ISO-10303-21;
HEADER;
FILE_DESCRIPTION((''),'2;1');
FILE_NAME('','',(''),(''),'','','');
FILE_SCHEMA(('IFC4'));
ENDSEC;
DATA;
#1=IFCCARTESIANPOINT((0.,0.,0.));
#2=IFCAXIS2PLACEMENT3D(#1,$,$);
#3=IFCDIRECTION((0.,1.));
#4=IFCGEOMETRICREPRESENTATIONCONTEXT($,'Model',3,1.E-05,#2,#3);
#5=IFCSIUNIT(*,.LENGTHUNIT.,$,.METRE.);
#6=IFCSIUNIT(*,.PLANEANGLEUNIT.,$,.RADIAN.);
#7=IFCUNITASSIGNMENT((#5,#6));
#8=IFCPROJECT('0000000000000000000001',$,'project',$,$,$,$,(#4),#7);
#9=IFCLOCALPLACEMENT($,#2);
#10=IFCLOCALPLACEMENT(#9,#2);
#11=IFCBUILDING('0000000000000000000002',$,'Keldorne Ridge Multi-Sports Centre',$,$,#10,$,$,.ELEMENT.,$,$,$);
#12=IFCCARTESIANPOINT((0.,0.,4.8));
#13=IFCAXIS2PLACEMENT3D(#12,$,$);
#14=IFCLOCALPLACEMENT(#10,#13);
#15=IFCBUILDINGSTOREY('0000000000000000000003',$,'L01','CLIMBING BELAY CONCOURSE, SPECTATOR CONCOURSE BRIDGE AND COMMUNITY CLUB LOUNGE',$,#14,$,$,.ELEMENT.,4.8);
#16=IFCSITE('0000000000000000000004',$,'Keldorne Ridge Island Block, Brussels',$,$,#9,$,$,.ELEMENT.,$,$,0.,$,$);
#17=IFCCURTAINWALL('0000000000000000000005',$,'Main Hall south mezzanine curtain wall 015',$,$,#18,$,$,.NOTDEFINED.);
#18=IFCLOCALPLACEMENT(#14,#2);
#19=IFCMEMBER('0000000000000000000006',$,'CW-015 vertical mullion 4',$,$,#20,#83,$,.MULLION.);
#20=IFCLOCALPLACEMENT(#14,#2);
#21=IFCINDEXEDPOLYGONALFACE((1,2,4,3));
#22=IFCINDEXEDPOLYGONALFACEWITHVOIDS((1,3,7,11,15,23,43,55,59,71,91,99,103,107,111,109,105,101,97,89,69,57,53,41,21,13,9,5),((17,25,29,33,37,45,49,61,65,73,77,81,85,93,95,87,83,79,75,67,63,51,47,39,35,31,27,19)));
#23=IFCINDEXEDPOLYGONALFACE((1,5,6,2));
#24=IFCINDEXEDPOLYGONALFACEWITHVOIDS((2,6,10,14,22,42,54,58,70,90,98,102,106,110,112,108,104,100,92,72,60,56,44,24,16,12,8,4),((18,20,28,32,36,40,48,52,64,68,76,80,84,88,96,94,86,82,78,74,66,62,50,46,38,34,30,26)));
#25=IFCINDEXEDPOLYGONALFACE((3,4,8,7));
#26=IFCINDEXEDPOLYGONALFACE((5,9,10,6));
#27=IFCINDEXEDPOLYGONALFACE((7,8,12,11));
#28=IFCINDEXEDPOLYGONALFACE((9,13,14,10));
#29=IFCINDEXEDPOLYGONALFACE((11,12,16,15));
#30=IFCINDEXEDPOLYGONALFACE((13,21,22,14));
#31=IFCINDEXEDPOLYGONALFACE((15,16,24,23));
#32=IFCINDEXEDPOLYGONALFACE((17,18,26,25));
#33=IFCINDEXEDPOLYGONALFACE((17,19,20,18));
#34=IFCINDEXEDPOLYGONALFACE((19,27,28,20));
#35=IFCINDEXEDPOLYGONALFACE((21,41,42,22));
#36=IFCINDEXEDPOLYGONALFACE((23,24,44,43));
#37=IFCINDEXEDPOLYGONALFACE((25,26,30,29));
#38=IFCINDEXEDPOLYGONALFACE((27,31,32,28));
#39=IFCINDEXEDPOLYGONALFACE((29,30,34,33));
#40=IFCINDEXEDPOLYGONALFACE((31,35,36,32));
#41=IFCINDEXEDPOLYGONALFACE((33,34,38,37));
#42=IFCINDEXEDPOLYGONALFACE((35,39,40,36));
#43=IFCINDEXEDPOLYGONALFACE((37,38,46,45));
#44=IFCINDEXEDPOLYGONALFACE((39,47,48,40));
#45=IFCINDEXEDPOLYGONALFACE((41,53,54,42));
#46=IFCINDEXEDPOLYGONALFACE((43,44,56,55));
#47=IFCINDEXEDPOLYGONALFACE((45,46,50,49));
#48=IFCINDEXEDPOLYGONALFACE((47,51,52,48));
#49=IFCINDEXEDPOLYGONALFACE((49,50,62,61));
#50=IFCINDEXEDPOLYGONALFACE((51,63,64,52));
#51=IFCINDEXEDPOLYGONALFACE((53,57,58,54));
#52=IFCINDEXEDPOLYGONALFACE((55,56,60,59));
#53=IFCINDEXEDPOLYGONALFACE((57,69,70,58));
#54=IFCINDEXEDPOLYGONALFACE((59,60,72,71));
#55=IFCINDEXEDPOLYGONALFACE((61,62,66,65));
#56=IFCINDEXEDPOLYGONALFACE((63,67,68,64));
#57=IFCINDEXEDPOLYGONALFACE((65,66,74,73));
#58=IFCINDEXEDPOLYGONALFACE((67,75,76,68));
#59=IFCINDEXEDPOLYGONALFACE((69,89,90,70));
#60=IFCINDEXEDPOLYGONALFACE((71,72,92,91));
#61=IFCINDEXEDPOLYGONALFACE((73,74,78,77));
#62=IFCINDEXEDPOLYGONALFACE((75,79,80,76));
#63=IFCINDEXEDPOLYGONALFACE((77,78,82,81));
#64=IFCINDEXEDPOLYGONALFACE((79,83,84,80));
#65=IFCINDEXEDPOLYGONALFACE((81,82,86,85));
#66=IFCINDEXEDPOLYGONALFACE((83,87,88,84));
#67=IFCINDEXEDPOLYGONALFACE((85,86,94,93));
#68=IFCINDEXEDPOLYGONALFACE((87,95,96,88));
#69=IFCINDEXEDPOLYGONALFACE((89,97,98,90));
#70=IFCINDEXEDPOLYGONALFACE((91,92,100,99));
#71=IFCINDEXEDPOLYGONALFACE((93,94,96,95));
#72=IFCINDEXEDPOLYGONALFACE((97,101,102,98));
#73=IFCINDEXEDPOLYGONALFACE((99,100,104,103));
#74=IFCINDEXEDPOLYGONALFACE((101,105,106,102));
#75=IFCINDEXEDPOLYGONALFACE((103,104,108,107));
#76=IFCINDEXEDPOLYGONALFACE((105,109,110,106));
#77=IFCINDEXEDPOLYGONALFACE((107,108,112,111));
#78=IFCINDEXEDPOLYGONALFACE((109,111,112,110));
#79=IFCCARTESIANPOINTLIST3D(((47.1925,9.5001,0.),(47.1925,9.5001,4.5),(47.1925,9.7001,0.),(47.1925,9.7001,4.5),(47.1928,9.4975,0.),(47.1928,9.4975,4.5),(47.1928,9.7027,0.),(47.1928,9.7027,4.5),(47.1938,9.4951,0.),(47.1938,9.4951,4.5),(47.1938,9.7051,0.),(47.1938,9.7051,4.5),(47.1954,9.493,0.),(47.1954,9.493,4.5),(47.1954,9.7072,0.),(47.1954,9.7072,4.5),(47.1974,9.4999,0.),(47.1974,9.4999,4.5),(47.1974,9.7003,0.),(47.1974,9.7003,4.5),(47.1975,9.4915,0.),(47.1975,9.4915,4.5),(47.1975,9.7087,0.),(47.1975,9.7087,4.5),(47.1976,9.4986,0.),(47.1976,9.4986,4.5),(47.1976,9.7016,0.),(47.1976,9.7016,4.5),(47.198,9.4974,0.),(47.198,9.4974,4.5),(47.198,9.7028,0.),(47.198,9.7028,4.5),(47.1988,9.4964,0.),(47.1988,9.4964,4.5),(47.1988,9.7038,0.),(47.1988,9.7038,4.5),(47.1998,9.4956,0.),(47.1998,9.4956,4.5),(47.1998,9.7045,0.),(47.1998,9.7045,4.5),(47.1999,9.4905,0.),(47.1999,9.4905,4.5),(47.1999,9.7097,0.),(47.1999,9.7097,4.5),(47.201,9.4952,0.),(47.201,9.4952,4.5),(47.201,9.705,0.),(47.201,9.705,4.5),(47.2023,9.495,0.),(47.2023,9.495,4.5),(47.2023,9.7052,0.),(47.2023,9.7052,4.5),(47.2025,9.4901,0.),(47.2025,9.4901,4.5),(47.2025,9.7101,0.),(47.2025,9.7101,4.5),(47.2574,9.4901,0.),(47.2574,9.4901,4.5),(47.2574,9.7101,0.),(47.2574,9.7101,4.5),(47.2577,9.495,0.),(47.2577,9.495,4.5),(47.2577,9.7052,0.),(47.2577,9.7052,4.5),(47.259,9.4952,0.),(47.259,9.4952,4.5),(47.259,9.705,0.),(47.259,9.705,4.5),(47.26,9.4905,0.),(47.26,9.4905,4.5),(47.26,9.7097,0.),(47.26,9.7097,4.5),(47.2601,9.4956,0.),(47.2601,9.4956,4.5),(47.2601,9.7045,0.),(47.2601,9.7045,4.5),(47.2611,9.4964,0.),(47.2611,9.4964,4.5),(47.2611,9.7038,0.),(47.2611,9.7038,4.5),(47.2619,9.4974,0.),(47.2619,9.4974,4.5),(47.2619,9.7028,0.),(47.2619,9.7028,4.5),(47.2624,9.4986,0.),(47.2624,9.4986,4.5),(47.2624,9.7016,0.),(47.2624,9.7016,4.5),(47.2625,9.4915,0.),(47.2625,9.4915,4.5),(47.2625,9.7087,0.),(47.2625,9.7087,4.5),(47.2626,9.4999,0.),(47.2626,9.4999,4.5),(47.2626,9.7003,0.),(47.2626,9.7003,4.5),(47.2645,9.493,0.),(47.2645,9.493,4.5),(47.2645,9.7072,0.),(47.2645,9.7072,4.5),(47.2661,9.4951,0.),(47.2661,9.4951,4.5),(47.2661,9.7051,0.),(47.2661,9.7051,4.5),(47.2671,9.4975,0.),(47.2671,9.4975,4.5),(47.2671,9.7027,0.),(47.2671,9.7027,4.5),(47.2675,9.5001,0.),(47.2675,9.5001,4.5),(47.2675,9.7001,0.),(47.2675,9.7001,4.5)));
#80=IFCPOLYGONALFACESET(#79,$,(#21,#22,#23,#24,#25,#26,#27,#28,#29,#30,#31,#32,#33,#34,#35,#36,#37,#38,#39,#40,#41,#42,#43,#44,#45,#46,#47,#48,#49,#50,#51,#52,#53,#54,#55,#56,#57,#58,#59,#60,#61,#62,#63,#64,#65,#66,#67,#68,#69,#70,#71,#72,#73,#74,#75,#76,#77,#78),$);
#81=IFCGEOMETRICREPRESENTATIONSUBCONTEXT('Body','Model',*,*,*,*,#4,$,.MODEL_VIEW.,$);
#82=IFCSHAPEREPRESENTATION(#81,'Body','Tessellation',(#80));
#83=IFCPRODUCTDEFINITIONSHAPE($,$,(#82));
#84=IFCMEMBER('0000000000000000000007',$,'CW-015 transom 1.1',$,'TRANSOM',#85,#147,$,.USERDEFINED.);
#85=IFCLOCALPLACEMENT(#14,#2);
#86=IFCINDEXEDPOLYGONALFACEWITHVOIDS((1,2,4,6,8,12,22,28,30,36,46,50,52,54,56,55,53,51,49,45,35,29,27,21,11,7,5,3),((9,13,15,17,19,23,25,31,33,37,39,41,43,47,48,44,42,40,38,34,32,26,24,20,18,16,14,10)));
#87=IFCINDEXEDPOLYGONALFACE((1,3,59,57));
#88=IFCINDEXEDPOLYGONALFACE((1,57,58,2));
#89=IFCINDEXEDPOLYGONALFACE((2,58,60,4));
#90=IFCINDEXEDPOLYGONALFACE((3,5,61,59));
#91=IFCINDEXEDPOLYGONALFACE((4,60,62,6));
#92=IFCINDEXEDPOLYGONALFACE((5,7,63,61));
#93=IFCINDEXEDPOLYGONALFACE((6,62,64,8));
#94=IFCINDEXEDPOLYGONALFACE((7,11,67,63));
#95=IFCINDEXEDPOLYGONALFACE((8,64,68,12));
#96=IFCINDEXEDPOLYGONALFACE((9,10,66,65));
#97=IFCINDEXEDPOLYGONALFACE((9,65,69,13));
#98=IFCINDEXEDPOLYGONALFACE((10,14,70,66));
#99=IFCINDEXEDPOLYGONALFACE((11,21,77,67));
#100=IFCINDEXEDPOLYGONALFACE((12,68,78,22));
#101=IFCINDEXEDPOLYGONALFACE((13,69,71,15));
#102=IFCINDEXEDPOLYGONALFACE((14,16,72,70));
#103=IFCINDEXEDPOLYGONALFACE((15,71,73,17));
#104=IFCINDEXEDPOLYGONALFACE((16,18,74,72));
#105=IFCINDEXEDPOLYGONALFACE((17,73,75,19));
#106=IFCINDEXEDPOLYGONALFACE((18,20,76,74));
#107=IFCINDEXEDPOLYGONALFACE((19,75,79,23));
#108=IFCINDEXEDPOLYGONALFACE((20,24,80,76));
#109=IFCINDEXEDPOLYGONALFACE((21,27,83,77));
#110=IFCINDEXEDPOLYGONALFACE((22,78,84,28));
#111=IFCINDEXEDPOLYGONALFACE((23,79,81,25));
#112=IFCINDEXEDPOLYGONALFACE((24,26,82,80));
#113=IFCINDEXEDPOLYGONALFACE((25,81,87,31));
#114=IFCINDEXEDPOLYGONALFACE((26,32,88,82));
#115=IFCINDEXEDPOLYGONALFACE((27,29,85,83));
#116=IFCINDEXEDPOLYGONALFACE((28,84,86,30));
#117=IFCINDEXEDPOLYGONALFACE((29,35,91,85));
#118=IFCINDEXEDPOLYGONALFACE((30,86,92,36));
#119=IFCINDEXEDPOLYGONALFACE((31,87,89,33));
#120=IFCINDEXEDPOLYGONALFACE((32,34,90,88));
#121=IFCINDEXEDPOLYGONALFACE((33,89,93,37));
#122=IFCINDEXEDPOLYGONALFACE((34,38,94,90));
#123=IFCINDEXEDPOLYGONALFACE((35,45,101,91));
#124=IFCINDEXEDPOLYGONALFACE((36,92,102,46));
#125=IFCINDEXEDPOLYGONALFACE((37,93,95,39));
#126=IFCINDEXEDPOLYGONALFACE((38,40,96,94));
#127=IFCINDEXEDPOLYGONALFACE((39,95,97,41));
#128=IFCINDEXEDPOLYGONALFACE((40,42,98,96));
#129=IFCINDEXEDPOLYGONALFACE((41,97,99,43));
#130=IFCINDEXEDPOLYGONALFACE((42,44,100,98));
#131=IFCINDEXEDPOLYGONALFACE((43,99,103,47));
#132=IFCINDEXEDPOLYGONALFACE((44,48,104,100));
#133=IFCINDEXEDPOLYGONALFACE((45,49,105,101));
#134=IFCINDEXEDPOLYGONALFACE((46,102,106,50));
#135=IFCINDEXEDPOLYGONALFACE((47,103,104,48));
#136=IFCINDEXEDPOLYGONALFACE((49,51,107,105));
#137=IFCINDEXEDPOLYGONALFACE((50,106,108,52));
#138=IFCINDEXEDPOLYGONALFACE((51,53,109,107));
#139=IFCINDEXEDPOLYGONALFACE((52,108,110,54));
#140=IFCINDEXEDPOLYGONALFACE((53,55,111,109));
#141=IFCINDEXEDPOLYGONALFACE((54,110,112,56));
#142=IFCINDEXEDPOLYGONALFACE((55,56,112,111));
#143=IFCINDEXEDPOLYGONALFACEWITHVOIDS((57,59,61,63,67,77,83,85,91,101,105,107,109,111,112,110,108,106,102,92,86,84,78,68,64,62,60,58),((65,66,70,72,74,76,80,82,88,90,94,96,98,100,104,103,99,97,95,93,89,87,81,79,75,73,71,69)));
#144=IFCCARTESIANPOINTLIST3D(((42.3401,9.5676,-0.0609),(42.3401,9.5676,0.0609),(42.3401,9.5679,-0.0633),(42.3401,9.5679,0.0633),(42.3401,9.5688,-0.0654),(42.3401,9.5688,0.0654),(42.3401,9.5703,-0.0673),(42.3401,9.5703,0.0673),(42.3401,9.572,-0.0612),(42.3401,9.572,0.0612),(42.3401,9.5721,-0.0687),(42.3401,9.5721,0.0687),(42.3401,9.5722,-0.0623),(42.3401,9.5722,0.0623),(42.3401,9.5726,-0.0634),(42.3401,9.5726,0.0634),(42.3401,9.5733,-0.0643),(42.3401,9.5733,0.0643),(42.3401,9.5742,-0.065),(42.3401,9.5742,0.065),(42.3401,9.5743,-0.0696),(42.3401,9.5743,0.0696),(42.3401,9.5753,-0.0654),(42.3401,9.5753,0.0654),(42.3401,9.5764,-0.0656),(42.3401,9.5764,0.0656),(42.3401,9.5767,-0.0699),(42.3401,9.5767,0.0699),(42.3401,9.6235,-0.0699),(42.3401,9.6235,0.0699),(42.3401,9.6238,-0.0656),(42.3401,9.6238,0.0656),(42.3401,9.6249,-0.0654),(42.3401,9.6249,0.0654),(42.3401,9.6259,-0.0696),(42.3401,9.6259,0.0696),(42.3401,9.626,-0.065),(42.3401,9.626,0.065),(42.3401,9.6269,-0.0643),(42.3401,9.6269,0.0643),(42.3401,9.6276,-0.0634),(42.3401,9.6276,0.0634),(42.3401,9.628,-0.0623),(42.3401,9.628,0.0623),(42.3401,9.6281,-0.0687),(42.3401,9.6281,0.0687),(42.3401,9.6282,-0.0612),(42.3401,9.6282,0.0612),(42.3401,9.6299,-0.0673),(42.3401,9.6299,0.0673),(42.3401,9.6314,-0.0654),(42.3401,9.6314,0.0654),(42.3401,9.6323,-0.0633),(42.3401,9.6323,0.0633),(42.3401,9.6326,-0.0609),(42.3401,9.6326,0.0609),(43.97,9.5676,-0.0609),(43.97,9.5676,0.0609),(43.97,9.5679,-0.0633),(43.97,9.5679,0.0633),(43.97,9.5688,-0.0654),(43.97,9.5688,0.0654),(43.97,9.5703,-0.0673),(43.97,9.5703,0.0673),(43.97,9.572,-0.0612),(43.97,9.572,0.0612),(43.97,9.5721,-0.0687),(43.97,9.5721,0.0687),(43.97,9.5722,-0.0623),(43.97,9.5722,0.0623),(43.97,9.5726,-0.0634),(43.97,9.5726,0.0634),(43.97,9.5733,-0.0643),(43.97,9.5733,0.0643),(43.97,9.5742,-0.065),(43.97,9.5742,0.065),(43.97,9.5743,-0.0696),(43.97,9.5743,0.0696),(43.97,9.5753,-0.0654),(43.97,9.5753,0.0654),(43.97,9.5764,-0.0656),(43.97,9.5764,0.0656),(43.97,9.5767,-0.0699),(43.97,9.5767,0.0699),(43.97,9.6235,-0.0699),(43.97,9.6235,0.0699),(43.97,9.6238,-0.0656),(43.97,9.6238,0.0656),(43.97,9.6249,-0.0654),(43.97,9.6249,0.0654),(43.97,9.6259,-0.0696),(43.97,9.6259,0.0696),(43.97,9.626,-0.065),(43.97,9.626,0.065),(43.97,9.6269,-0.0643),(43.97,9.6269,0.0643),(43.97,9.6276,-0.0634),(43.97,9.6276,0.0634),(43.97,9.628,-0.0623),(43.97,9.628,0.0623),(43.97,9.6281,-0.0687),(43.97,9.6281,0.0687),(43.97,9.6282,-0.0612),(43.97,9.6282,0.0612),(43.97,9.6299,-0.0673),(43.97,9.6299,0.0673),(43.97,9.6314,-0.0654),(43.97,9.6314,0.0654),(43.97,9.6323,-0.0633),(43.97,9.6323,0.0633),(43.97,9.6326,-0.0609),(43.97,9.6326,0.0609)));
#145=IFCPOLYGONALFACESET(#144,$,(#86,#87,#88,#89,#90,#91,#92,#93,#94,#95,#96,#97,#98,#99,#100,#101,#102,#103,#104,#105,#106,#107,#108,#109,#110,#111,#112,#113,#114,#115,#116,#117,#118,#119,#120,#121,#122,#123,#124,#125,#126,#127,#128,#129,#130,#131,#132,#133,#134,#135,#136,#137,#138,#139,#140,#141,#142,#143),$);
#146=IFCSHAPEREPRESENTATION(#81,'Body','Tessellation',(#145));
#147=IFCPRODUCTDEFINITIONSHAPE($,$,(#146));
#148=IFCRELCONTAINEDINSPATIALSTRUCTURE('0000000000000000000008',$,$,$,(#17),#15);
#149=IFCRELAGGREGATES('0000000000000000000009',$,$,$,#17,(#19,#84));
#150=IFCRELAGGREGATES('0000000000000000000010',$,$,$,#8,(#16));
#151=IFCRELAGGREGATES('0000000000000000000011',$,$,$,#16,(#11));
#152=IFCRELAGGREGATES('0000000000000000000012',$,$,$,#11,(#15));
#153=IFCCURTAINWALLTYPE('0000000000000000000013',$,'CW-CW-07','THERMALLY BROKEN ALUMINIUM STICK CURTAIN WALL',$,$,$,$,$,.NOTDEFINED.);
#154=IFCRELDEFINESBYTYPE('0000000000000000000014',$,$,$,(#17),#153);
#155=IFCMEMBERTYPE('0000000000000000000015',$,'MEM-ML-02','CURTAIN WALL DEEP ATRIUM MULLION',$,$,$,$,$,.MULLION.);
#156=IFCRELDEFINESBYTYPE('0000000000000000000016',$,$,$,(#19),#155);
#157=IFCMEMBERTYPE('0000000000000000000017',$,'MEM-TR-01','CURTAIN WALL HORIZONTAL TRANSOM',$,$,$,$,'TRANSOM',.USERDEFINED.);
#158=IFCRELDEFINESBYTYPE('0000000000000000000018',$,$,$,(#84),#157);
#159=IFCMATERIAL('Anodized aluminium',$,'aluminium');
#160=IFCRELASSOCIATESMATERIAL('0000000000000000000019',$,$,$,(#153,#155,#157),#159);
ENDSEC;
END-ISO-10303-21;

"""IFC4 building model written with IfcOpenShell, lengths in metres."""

from ifc_helpers import new_model, si_unit, direction, frame, origin, origin_2d, place, context, subcontext, project, spatial, hollow_rectangle, extrude, material, material_profile, profile_set, type_object, element, aggregate, save


model = new_model("IFC4")

# Units and contexts
model_context = context("Model", 3, precision=1e-05, world=origin(), true_north=direction((0.0, 1.0)))
body_context = subcontext(model_context, "Body", "Model", "MODEL_VIEW")
ifc_project = project(units=[si_unit("LENGTHUNIT", "METRE"), si_unit("PLANEANGLEUNIT", "RADIAN")], contexts=[model_context])

# Site, building, storey
site_placement = place(None, origin())
site = spatial("IfcSite", under=ifc_project, at=site_placement, Name="Keldorne Ridge Island Block, Brussels", CompositionType="ELEMENT", RefElevation=0.0)
building_placement = place(site_placement, origin())
building = spatial("IfcBuilding", under=site, at=building_placement, Name="Keldorne Ridge Multi-Sports Centre", CompositionType="ELEMENT")
storey_placement = place(building_placement, frame((0.0, 0.0, 4.8)))
storey = spatial("IfcBuildingStorey", under=building, at=storey_placement, Name="L01", Description="CLIMBING BELAY CONCOURSE, SPECTATOR CONCOURSE BRIDGE AND COMMUNITY CLUB LOUNGE", CompositionType="ELEMENT", Elevation=4.8)

# Curtain wall, members
ifc_material_1 = material(Name="Anodized aluminium", Category="aluminium")
curtain_wall_type = type_object("IfcCurtainWallType", Name="CW-CW-07", Description="THERMALLY BROKEN ALUMINIUM STICK CURTAIN WALL", PredefinedType="NOTDEFINED", material=ifc_material_1)
curtain_wall_placement = place(storey_placement, origin())
curtain_wall = element("IfcCurtainWall", 1, at=curtain_wall_placement, inside=storey, type_object=curtain_wall_type, Name="Main Hall south mezzanine curtain wall 015", PredefinedType="NOTDEFINED")
ifc_material_profile_1 = material_profile(ifc_material_1, hollow_rectangle(XDim=0.075, YDim=0.22, WallThickness=0.0049, InnerFilletRadius=0.0049, OuterFilletRadius=0.01, at=origin_2d()), Name="ALU MULLION 220x75x5")
ifc_profile_set_1 = profile_set([ifc_material_profile_1], Name="Anodized aluminium")
member_type_1 = type_object("IfcMemberType", Name="MEM-ML-02", Description="CURTAIN WALL DEEP ATRIUM MULLION", PredefinedType="MULLION", material=ifc_profile_set_1)
member_1_placement = place(storey_placement, frame((47.23, 9.6001, 0.0), z_axis=(0.0, 0.0, 1.0), x_axis=(1.0, 0.0, 0.0)))
member_1 = element("IfcMember", 2, at=member_1_placement, type_object=member_type_1, Name="CW-015 vertical mullion 4", PredefinedType="MULLION", context=body_context, shape_type="SweptSolid", body=[
    extrude(hollow_rectangle(XDim=0.075, YDim=0.22, WallThickness=0.0049, InnerFilletRadius=0.0049, OuterFilletRadius=0.01, at=origin_2d()), origin(), (0.0, 0.0, 1.0), 4.5),
])
ifc_material_profile_2 = material_profile(ifc_material_1, hollow_rectangle(XDim=0.0649, YDim=0.1399, WallThickness=0.0044, InnerFilletRadius=0.0044, OuterFilletRadius=0.009, at=origin_2d()), Name="ALU TRANSOM 140x65x4.5")
ifc_profile_set_2 = profile_set([ifc_material_profile_2], Name="Anodized aluminium")
member_type_2 = type_object("IfcMemberType", Name="MEM-TR-01", Description="CURTAIN WALL HORIZONTAL TRANSOM", ElementType="TRANSOM", PredefinedType="USERDEFINED", material=ifc_profile_set_2)
member_2_placement = place(storey_placement, frame((42.3401, 9.6001, 0.0), z_axis=(1.0, 0.0, 0.0), x_axis=(0.0, 1.0, 0.0)))
member_2 = element("IfcMember", 3, at=member_2_placement, type_object=member_type_2, Name="CW-015 transom 1.1", ObjectType="TRANSOM", PredefinedType="USERDEFINED", context=body_context, shape_type="SweptSolid", body=[
    extrude(hollow_rectangle(XDim=0.0649, YDim=0.1399, WallThickness=0.0044, InnerFilletRadius=0.0044, OuterFilletRadius=0.009, at=origin_2d()), origin(), (0.0, 0.0, 1.0), 1.6299),
])
aggregate(curtain_wall, [member_1, member_2])

save(model, "model.ifc")
